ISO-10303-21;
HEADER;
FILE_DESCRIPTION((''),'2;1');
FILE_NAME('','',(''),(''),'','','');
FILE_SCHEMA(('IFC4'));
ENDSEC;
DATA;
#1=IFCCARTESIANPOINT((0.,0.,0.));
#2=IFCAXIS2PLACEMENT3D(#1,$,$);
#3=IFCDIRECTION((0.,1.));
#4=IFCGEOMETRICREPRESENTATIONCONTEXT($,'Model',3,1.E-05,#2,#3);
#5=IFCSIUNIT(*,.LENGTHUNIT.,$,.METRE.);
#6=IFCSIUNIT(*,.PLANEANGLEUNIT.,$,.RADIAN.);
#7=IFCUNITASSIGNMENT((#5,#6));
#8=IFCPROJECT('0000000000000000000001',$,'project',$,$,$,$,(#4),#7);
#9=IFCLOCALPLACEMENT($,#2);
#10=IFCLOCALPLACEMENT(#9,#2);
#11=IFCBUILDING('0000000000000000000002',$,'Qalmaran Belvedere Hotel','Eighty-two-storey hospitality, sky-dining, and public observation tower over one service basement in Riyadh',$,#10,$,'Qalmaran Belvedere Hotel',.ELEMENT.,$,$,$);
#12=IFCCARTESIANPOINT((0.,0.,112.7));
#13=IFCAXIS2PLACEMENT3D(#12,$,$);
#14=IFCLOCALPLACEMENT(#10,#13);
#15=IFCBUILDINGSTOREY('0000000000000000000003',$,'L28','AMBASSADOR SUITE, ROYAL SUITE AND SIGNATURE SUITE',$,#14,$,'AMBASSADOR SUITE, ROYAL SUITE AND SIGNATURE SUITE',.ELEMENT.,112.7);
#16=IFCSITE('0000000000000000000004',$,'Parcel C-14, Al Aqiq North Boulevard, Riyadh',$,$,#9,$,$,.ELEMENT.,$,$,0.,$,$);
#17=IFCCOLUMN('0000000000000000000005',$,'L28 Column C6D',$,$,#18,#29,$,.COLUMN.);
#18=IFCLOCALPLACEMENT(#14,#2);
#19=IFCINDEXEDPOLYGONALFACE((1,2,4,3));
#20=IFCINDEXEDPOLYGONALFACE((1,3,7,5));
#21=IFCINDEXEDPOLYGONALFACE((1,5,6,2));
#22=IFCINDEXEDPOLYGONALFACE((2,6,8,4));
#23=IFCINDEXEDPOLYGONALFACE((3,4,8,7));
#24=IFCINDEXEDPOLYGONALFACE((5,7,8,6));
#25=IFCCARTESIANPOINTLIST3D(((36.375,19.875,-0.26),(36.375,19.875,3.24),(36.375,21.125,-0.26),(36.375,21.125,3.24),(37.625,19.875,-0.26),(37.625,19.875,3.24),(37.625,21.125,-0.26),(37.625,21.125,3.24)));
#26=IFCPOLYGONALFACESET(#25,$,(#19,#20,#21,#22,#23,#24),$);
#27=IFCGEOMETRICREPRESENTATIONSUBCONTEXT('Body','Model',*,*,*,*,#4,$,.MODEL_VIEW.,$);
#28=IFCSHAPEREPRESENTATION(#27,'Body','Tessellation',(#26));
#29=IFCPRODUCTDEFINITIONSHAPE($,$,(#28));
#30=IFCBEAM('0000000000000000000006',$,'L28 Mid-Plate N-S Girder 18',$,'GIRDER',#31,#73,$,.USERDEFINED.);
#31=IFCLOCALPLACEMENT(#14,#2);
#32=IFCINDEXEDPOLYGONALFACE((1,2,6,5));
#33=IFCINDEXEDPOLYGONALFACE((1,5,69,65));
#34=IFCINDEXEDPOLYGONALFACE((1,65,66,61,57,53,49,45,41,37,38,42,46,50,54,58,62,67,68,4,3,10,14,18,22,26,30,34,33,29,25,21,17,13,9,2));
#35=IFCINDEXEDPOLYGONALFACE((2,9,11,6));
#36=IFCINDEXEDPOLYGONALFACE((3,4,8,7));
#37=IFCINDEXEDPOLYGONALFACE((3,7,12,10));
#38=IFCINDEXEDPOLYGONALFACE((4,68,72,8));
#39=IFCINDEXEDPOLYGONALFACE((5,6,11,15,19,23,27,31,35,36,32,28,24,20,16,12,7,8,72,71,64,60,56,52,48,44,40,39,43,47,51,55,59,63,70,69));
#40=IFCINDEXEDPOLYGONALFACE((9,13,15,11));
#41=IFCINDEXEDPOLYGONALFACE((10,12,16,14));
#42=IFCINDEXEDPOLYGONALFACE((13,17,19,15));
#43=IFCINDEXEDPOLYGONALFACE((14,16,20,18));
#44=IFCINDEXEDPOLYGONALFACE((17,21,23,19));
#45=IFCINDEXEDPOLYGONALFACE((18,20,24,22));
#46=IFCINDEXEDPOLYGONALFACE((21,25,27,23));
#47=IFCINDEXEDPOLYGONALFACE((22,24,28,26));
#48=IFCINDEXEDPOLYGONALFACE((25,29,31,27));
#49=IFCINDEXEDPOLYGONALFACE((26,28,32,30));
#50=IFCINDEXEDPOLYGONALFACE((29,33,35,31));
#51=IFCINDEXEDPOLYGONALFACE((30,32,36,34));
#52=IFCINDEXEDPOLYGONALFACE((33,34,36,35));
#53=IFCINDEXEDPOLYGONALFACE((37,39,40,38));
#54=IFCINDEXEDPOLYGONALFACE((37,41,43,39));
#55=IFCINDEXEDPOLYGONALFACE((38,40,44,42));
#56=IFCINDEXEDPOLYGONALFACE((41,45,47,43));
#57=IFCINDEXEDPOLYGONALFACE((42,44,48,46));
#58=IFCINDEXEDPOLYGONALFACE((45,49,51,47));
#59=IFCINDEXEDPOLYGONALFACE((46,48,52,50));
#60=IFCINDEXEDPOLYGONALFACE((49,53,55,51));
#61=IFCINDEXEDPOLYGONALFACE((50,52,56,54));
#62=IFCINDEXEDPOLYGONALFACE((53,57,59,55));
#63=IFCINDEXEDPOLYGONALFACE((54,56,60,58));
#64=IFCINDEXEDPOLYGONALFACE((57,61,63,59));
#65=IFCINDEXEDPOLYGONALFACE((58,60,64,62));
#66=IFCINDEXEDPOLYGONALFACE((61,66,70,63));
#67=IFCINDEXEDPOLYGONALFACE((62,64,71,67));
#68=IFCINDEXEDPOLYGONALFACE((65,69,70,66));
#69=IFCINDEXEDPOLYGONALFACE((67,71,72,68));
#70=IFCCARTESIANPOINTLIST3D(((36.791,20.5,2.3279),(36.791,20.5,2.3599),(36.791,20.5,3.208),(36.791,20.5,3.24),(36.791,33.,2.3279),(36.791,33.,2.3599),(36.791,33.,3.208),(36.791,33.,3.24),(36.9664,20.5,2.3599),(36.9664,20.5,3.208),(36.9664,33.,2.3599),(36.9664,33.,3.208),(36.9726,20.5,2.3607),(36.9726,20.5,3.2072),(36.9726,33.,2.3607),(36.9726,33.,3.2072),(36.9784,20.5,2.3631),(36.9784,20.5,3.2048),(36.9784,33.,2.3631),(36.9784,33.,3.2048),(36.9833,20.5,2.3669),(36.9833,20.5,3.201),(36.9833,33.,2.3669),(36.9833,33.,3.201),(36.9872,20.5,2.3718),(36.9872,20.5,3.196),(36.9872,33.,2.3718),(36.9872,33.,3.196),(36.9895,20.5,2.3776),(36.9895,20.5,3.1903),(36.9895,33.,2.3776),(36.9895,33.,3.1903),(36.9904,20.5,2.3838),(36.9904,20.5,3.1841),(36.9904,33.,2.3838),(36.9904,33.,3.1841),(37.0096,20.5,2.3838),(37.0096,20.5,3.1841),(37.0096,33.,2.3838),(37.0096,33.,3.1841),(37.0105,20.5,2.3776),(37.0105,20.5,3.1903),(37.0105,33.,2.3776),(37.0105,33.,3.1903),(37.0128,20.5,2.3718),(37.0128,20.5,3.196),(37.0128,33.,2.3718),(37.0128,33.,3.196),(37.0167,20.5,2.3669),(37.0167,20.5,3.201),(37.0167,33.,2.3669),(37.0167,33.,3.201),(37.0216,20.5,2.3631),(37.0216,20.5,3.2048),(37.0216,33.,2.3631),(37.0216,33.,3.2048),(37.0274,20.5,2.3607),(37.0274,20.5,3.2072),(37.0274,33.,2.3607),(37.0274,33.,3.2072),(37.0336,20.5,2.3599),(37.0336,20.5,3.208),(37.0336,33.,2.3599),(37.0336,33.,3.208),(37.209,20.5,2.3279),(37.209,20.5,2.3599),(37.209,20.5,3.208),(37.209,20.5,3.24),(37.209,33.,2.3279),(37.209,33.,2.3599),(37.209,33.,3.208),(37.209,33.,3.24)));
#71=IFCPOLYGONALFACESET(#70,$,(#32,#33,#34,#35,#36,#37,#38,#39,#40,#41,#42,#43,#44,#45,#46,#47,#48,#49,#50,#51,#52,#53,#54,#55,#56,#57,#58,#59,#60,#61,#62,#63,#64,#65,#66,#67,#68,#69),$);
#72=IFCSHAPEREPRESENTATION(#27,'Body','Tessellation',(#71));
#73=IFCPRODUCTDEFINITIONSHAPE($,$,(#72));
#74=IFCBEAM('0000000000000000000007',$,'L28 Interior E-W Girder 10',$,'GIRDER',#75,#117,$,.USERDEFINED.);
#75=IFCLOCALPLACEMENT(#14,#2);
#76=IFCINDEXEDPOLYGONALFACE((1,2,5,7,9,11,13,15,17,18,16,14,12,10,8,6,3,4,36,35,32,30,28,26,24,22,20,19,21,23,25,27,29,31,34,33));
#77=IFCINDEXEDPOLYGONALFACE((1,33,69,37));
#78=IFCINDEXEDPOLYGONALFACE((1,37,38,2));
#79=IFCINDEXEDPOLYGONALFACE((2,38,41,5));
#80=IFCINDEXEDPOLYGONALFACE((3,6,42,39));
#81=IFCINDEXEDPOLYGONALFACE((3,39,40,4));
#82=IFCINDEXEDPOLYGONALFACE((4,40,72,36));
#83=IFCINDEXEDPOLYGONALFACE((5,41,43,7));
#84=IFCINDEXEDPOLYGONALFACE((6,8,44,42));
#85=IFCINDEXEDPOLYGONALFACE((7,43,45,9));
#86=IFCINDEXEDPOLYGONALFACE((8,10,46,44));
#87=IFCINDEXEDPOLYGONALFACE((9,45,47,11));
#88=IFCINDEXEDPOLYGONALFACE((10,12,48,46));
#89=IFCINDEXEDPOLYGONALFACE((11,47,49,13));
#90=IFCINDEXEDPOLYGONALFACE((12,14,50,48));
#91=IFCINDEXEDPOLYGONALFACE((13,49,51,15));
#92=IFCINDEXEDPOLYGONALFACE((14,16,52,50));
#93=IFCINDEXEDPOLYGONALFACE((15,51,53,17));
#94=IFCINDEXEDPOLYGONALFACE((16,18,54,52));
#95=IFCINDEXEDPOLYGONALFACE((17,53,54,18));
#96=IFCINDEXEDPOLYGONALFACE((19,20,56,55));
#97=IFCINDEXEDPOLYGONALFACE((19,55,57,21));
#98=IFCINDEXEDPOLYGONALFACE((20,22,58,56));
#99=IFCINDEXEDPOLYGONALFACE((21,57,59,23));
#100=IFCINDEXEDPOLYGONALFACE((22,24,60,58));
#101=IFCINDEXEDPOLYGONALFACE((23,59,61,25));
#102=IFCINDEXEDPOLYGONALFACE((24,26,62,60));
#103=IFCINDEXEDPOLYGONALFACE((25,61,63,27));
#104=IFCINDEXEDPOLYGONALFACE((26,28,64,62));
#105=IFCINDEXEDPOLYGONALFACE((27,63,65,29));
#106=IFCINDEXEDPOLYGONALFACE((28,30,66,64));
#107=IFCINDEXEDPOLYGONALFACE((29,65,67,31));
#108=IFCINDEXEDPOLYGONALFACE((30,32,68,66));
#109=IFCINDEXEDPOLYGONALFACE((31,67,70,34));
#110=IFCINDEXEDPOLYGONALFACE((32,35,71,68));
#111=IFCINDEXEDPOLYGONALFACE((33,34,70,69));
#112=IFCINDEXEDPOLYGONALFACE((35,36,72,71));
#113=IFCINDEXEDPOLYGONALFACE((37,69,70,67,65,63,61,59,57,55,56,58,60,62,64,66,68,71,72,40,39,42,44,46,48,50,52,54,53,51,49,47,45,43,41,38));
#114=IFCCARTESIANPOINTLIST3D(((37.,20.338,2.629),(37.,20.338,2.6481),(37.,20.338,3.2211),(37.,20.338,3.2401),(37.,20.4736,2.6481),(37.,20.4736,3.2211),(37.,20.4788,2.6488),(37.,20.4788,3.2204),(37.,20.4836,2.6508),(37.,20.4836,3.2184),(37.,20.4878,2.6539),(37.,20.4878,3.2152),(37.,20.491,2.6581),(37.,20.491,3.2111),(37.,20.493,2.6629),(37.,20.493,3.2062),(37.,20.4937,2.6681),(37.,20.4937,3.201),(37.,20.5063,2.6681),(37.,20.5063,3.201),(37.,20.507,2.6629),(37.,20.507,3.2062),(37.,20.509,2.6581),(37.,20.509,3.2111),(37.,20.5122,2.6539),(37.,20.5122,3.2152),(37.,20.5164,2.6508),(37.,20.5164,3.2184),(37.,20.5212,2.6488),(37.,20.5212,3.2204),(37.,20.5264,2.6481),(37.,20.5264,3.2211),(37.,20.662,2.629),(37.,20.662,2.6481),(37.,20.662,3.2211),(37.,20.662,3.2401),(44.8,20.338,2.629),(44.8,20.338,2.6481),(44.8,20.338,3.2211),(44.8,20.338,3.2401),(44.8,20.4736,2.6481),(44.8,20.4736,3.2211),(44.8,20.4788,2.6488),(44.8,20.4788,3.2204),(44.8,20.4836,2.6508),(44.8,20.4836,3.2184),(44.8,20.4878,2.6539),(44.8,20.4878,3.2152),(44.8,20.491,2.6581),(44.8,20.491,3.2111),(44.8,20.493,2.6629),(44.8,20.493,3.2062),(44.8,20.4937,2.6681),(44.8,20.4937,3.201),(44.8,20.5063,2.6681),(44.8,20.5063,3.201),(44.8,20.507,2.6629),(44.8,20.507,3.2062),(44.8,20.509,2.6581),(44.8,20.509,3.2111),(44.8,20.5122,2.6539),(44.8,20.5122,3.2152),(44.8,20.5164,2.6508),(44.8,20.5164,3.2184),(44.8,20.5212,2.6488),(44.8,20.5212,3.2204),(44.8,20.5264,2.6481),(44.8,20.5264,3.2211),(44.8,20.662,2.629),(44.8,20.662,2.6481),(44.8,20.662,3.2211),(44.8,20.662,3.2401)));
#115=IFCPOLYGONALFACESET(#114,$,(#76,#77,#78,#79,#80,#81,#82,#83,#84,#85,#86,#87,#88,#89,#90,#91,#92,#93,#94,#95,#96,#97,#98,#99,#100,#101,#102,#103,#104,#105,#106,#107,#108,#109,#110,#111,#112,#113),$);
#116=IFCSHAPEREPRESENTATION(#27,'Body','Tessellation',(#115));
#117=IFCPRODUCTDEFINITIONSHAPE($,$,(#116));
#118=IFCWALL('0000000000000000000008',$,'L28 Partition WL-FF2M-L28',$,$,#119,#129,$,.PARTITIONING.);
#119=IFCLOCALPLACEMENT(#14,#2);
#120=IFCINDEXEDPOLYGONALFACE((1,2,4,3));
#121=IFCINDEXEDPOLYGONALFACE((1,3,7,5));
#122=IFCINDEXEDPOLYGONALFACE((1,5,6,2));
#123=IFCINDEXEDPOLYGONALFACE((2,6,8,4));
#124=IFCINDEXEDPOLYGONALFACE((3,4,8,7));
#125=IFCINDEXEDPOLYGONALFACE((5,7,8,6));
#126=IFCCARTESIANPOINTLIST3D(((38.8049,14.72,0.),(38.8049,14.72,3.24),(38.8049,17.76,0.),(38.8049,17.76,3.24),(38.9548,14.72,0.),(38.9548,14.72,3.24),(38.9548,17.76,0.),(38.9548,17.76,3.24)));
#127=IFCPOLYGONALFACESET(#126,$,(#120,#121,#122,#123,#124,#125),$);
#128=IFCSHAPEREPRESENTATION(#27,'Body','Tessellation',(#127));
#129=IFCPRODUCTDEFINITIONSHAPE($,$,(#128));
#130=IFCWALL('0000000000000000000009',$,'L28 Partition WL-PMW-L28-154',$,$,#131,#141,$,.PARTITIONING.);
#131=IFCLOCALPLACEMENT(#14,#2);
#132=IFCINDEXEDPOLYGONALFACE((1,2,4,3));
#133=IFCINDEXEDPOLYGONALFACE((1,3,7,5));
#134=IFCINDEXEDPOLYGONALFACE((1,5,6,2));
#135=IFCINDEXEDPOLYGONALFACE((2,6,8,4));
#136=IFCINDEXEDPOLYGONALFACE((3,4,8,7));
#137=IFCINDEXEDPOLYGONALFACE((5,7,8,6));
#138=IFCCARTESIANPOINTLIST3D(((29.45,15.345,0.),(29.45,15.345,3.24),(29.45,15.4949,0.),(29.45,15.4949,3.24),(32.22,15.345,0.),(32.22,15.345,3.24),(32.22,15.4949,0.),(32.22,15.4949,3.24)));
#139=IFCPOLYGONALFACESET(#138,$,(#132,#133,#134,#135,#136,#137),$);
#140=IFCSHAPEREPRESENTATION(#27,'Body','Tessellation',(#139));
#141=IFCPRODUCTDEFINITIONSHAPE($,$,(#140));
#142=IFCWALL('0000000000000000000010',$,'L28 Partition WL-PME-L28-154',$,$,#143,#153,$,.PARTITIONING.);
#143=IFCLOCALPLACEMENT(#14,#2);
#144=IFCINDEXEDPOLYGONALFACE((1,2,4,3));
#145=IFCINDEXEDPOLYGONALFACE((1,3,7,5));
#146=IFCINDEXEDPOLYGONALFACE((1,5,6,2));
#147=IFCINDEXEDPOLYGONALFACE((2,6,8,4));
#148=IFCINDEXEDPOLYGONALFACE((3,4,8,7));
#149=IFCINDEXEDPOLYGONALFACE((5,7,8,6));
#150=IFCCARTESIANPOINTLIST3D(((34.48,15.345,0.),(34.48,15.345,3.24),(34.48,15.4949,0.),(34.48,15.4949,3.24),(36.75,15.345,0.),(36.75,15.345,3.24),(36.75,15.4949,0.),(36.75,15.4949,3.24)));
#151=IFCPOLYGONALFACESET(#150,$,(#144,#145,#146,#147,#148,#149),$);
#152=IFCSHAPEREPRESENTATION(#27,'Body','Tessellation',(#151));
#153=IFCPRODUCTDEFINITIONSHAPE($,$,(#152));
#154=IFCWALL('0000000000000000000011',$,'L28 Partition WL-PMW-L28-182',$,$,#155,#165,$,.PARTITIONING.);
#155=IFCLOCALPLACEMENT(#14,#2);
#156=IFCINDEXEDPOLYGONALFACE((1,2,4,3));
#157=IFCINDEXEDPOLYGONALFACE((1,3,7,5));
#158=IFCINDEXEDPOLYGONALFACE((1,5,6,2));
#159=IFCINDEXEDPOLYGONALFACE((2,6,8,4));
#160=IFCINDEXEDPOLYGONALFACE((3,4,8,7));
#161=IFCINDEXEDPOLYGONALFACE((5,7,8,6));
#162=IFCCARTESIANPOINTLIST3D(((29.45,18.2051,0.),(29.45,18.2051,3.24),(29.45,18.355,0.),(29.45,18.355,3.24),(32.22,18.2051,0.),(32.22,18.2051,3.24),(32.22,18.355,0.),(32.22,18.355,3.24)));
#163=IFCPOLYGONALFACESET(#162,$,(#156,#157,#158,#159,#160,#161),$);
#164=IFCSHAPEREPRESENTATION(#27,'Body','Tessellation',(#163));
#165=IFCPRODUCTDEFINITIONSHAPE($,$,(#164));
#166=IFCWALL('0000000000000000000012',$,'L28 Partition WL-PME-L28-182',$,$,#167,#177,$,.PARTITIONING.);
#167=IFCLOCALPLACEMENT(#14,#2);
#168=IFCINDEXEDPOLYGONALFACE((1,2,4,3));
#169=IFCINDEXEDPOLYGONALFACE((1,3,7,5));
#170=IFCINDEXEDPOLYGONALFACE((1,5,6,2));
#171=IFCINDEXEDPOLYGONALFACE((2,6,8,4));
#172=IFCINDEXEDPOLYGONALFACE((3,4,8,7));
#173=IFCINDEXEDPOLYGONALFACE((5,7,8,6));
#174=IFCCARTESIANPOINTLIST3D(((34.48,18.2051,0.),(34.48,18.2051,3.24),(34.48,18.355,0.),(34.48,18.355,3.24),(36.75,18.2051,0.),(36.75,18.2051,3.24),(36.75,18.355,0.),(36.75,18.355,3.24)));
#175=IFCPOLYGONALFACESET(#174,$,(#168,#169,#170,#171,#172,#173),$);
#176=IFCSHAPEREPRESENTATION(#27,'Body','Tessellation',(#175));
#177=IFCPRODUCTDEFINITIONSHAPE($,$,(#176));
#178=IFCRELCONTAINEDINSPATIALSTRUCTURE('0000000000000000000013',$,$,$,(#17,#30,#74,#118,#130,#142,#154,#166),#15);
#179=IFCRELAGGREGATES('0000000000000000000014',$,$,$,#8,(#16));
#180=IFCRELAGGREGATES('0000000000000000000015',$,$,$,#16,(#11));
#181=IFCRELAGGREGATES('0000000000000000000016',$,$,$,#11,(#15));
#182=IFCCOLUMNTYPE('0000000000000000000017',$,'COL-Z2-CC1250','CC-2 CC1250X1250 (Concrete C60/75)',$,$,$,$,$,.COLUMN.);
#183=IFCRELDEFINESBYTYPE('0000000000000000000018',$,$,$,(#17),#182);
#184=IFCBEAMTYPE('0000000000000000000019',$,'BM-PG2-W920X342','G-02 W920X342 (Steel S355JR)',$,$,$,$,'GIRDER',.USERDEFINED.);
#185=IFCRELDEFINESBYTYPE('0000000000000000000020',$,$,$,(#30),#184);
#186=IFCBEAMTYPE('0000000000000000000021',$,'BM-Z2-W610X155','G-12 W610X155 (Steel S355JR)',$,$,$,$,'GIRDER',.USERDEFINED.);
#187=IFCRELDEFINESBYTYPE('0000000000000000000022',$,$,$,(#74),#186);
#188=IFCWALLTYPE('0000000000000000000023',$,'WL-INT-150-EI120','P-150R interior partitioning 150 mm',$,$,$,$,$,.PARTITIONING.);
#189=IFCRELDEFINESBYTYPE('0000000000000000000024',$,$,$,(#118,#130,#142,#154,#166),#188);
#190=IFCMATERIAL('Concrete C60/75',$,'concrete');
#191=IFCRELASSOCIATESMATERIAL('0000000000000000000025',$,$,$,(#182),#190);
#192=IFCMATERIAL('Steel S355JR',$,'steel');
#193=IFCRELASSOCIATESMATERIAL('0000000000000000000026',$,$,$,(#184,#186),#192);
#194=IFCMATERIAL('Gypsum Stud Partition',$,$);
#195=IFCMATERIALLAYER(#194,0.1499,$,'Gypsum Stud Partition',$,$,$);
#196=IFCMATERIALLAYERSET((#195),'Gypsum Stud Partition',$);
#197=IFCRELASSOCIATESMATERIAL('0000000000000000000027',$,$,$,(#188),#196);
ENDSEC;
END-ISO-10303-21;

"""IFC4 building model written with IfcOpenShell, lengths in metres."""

from ifc_helpers import new_model, si_unit, direction, frame, frame_2d, origin, origin_2d, place, context, subcontext, project, spatial, rectangle, i_section, extrude, material, layer, layer_set, material_profile, profile_set, type_object, element, save


model = new_model("IFC4")

# Units and contexts
model_context = context("Model", 3, precision=1e-05, world=origin(), true_north=direction((0.0, 1.0)))
body_context = subcontext(model_context, "Body", "Model", "MODEL_VIEW")
ifc_project = project(units=[si_unit("LENGTHUNIT", "METRE"), si_unit("PLANEANGLEUNIT", "RADIAN")], contexts=[model_context])

# Site, building, storey
site_placement = place(None, origin())
site = spatial("IfcSite", under=ifc_project, at=site_placement, Name="Parcel C-14, Al Aqiq North Boulevard, Riyadh", CompositionType="ELEMENT", RefElevation=0.0)
building_placement = place(site_placement, origin())
building = spatial("IfcBuilding", under=site, at=building_placement, Name="Qalmaran Belvedere Hotel", Description="Eighty-two-storey hospitality, sky-dining, and public observation tower over one service basement in Riyadh", LongName="Qalmaran Belvedere Hotel", CompositionType="ELEMENT")
storey_placement = place(building_placement, frame((0.0, 0.0, 112.7)))
storey = spatial("IfcBuildingStorey", under=building, at=storey_placement, Name="L28", Description="AMBASSADOR SUITE, ROYAL SUITE AND SIGNATURE SUITE", LongName="AMBASSADOR SUITE, ROYAL SUITE AND SIGNATURE SUITE", CompositionType="ELEMENT", Elevation=112.7)

# Column
ifc_material_1 = material(Name="Concrete C60/75", Category="concrete")
ifc_material_profile_1 = material_profile(ifc_material_1, rectangle(XDim=1.25, YDim=1.25, at=origin_2d()), Name="CC1250X1250")
ifc_profile_set_1 = profile_set([ifc_material_profile_1], Name="Concrete C60/75")
column_type = type_object("IfcColumnType", Name="COL-Z2-CC1250", Description="CC-2 CC1250X1250 (Concrete C60/75)", PredefinedType="COLUMN", material=ifc_profile_set_1)
column_placement = place(storey_placement, frame((37.0, 20.5, -0.26), z_axis=(0.0, 0.0, 1.0), x_axis=(1.0, 0.0, 0.0)))
element("IfcColumn", 1, at=column_placement, inside=storey, type_object=column_type, Name="L28 Column C6D", PredefinedType="COLUMN", context=body_context, shape_type="SweptSolid", body=[
    extrude(rectangle(XDim=1.25, YDim=1.25, at=origin_2d()), origin(), (0.0, 0.0, 1.0), 3.5),
])

# Beams
ifc_material_2 = material(Name="Steel S355JR", Category="steel")
ifc_material_profile_2 = material_profile(ifc_material_2, i_section(OverallWidth=0.418, OverallDepth=0.9121, WebThickness=0.0193, FlangeThickness=0.032, FilletRadius=0.0239, at=origin_2d()), Name="W920X342")
ifc_profile_set_2 = profile_set([ifc_material_profile_2], Name="Steel S355JR")
beam_type_1 = type_object("IfcBeamType", Name="BM-PG2-W920X342", Description="G-02 W920X342 (Steel S355JR)", ElementType="GIRDER", PredefinedType="USERDEFINED", material=ifc_profile_set_2)
beam_1_placement = place(storey_placement, frame((37.0, 20.5, 2.7839), z_axis=(0.0, 1.0, 0.0), x_axis=(-1.0, 0.0, 0.0)))
element("IfcBeam", 2, at=beam_1_placement, inside=storey, type_object=beam_type_1, Name="L28 Mid-Plate N-S Girder 18", ObjectType="GIRDER", PredefinedType="USERDEFINED", context=body_context, shape_type="SweptSolid", body=[
    extrude(i_section(OverallWidth=0.418, OverallDepth=0.9121, WebThickness=0.0193, FlangeThickness=0.032, FilletRadius=0.0239, at=origin_2d()), origin(), (0.0, 0.0, 1.0), 12.5),
])
ifc_material_profile_3 = material_profile(ifc_material_2, i_section(OverallWidth=0.324, OverallDepth=0.6111, WebThickness=0.0127, FlangeThickness=0.019, FilletRadius=0.02, at=origin_2d()), Name="W610X155")
ifc_profile_set_3 = profile_set([ifc_material_profile_3], Name="Steel S355JR")
beam_type_2 = type_object("IfcBeamType", Name="BM-Z2-W610X155", Description="G-12 W610X155 (Steel S355JR)", ElementType="GIRDER", PredefinedType="USERDEFINED", material=ifc_profile_set_3)
beam_2_placement = place(storey_placement, frame((37.0, 20.5, 2.9346), z_axis=(1.0, 0.0, 0.0), x_axis=(0.0, 1.0, 0.0)))
element("IfcBeam", 3, at=beam_2_placement, inside=storey, type_object=beam_type_2, Name="L28 Interior E-W Girder 10", ObjectType="GIRDER", PredefinedType="USERDEFINED", context=body_context, shape_type="SweptSolid", body=[
    extrude(i_section(OverallWidth=0.324, OverallDepth=0.6111, WebThickness=0.0127, FlangeThickness=0.019, FilletRadius=0.02, at=origin_2d()), origin(), (0.0, 0.0, 1.0), 7.8),
])

# Walls
ifc_material_3 = material(Name="Gypsum Stud Partition")
ifc_layer_1 = layer(ifc_material_3, 0.1499, Name="Gypsum Stud Partition")
ifc_layer_set_1 = layer_set([ifc_layer_1], Name="Gypsum Stud Partition")
wall_type_1 = type_object("IfcWallType", Name="WL-INT-150-EI120", Description="P-150R interior partitioning 150 mm", PredefinedType="PARTITIONING", material=ifc_layer_set_1)
wall_1_placement = place(storey_placement, frame((38.8799, 14.72, 0.0), z_axis=(0.0, 0.0, 1.0), x_axis=(0.0, 1.0, 0.0)))
element("IfcWall", 4, at=wall_1_placement, inside=storey, type_object=wall_type_1, Name="L28 Partition WL-FF2M-L28", PredefinedType="PARTITIONING", context=body_context, shape_type="SweptSolid", body=[
    extrude(rectangle(XDim=3.04, YDim=0.1499, at=frame_2d((1.52, 0.0))), origin(), (0.0, 0.0, 1.0), 3.24),
])
wall_2_placement = place(storey_placement, frame((29.45, 15.4199, 0.0), z_axis=(0.0, 0.0, 1.0), x_axis=(1.0, 0.0, 0.0)))
element("IfcWall", 5, at=wall_2_placement, inside=storey, type_object=wall_type_1, Name="L28 Partition WL-PMW-L28-154", PredefinedType="PARTITIONING", context=body_context, shape_type="SweptSolid", body=[
    extrude(rectangle(XDim=2.77, YDim=0.1499, at=frame_2d((1.385, 0.0))), origin(), (0.0, 0.0, 1.0), 3.24),
])
wall_3_placement = place(storey_placement, frame((34.48, 15.4199, 0.0), z_axis=(0.0, 0.0, 1.0), x_axis=(1.0, 0.0, 0.0)))
element("IfcWall", 6, at=wall_3_placement, inside=storey, type_object=wall_type_1, Name="L28 Partition WL-PME-L28-154", PredefinedType="PARTITIONING", context=body_context, shape_type="SweptSolid", body=[
    extrude(rectangle(XDim=2.27, YDim=0.1499, at=frame_2d((1.135, 0.0))), origin(), (0.0, 0.0, 1.0), 3.24),
])
wall_4_placement = place(storey_placement, frame((29.45, 18.28, 0.0), z_axis=(0.0, 0.0, 1.0), x_axis=(1.0, 0.0, 0.0)))
element("IfcWall", 7, at=wall_4_placement, inside=storey, type_object=wall_type_1, Name="L28 Partition WL-PMW-L28-182", PredefinedType="PARTITIONING", context=body_context, shape_type="SweptSolid", body=[
    extrude(rectangle(XDim=2.77, YDim=0.1499, at=frame_2d((1.385, 0.0))), origin(), (0.0, 0.0, 1.0), 3.24),
])
wall_5_placement = place(storey_placement, frame((34.48, 18.28, 0.0), z_axis=(0.0, 0.0, 1.0), x_axis=(1.0, 0.0, 0.0)))
element("IfcWall", 8, at=wall_5_placement, inside=storey, type_object=wall_type_1, Name="L28 Partition WL-PME-L28-182", PredefinedType="PARTITIONING", context=body_context, shape_type="SweptSolid", body=[
    extrude(rectangle(XDim=2.27, YDim=0.1499, at=frame_2d((1.135, 0.0))), origin(), (0.0, 0.0, 1.0), 3.24),
])

save(model, "model.ifc")
